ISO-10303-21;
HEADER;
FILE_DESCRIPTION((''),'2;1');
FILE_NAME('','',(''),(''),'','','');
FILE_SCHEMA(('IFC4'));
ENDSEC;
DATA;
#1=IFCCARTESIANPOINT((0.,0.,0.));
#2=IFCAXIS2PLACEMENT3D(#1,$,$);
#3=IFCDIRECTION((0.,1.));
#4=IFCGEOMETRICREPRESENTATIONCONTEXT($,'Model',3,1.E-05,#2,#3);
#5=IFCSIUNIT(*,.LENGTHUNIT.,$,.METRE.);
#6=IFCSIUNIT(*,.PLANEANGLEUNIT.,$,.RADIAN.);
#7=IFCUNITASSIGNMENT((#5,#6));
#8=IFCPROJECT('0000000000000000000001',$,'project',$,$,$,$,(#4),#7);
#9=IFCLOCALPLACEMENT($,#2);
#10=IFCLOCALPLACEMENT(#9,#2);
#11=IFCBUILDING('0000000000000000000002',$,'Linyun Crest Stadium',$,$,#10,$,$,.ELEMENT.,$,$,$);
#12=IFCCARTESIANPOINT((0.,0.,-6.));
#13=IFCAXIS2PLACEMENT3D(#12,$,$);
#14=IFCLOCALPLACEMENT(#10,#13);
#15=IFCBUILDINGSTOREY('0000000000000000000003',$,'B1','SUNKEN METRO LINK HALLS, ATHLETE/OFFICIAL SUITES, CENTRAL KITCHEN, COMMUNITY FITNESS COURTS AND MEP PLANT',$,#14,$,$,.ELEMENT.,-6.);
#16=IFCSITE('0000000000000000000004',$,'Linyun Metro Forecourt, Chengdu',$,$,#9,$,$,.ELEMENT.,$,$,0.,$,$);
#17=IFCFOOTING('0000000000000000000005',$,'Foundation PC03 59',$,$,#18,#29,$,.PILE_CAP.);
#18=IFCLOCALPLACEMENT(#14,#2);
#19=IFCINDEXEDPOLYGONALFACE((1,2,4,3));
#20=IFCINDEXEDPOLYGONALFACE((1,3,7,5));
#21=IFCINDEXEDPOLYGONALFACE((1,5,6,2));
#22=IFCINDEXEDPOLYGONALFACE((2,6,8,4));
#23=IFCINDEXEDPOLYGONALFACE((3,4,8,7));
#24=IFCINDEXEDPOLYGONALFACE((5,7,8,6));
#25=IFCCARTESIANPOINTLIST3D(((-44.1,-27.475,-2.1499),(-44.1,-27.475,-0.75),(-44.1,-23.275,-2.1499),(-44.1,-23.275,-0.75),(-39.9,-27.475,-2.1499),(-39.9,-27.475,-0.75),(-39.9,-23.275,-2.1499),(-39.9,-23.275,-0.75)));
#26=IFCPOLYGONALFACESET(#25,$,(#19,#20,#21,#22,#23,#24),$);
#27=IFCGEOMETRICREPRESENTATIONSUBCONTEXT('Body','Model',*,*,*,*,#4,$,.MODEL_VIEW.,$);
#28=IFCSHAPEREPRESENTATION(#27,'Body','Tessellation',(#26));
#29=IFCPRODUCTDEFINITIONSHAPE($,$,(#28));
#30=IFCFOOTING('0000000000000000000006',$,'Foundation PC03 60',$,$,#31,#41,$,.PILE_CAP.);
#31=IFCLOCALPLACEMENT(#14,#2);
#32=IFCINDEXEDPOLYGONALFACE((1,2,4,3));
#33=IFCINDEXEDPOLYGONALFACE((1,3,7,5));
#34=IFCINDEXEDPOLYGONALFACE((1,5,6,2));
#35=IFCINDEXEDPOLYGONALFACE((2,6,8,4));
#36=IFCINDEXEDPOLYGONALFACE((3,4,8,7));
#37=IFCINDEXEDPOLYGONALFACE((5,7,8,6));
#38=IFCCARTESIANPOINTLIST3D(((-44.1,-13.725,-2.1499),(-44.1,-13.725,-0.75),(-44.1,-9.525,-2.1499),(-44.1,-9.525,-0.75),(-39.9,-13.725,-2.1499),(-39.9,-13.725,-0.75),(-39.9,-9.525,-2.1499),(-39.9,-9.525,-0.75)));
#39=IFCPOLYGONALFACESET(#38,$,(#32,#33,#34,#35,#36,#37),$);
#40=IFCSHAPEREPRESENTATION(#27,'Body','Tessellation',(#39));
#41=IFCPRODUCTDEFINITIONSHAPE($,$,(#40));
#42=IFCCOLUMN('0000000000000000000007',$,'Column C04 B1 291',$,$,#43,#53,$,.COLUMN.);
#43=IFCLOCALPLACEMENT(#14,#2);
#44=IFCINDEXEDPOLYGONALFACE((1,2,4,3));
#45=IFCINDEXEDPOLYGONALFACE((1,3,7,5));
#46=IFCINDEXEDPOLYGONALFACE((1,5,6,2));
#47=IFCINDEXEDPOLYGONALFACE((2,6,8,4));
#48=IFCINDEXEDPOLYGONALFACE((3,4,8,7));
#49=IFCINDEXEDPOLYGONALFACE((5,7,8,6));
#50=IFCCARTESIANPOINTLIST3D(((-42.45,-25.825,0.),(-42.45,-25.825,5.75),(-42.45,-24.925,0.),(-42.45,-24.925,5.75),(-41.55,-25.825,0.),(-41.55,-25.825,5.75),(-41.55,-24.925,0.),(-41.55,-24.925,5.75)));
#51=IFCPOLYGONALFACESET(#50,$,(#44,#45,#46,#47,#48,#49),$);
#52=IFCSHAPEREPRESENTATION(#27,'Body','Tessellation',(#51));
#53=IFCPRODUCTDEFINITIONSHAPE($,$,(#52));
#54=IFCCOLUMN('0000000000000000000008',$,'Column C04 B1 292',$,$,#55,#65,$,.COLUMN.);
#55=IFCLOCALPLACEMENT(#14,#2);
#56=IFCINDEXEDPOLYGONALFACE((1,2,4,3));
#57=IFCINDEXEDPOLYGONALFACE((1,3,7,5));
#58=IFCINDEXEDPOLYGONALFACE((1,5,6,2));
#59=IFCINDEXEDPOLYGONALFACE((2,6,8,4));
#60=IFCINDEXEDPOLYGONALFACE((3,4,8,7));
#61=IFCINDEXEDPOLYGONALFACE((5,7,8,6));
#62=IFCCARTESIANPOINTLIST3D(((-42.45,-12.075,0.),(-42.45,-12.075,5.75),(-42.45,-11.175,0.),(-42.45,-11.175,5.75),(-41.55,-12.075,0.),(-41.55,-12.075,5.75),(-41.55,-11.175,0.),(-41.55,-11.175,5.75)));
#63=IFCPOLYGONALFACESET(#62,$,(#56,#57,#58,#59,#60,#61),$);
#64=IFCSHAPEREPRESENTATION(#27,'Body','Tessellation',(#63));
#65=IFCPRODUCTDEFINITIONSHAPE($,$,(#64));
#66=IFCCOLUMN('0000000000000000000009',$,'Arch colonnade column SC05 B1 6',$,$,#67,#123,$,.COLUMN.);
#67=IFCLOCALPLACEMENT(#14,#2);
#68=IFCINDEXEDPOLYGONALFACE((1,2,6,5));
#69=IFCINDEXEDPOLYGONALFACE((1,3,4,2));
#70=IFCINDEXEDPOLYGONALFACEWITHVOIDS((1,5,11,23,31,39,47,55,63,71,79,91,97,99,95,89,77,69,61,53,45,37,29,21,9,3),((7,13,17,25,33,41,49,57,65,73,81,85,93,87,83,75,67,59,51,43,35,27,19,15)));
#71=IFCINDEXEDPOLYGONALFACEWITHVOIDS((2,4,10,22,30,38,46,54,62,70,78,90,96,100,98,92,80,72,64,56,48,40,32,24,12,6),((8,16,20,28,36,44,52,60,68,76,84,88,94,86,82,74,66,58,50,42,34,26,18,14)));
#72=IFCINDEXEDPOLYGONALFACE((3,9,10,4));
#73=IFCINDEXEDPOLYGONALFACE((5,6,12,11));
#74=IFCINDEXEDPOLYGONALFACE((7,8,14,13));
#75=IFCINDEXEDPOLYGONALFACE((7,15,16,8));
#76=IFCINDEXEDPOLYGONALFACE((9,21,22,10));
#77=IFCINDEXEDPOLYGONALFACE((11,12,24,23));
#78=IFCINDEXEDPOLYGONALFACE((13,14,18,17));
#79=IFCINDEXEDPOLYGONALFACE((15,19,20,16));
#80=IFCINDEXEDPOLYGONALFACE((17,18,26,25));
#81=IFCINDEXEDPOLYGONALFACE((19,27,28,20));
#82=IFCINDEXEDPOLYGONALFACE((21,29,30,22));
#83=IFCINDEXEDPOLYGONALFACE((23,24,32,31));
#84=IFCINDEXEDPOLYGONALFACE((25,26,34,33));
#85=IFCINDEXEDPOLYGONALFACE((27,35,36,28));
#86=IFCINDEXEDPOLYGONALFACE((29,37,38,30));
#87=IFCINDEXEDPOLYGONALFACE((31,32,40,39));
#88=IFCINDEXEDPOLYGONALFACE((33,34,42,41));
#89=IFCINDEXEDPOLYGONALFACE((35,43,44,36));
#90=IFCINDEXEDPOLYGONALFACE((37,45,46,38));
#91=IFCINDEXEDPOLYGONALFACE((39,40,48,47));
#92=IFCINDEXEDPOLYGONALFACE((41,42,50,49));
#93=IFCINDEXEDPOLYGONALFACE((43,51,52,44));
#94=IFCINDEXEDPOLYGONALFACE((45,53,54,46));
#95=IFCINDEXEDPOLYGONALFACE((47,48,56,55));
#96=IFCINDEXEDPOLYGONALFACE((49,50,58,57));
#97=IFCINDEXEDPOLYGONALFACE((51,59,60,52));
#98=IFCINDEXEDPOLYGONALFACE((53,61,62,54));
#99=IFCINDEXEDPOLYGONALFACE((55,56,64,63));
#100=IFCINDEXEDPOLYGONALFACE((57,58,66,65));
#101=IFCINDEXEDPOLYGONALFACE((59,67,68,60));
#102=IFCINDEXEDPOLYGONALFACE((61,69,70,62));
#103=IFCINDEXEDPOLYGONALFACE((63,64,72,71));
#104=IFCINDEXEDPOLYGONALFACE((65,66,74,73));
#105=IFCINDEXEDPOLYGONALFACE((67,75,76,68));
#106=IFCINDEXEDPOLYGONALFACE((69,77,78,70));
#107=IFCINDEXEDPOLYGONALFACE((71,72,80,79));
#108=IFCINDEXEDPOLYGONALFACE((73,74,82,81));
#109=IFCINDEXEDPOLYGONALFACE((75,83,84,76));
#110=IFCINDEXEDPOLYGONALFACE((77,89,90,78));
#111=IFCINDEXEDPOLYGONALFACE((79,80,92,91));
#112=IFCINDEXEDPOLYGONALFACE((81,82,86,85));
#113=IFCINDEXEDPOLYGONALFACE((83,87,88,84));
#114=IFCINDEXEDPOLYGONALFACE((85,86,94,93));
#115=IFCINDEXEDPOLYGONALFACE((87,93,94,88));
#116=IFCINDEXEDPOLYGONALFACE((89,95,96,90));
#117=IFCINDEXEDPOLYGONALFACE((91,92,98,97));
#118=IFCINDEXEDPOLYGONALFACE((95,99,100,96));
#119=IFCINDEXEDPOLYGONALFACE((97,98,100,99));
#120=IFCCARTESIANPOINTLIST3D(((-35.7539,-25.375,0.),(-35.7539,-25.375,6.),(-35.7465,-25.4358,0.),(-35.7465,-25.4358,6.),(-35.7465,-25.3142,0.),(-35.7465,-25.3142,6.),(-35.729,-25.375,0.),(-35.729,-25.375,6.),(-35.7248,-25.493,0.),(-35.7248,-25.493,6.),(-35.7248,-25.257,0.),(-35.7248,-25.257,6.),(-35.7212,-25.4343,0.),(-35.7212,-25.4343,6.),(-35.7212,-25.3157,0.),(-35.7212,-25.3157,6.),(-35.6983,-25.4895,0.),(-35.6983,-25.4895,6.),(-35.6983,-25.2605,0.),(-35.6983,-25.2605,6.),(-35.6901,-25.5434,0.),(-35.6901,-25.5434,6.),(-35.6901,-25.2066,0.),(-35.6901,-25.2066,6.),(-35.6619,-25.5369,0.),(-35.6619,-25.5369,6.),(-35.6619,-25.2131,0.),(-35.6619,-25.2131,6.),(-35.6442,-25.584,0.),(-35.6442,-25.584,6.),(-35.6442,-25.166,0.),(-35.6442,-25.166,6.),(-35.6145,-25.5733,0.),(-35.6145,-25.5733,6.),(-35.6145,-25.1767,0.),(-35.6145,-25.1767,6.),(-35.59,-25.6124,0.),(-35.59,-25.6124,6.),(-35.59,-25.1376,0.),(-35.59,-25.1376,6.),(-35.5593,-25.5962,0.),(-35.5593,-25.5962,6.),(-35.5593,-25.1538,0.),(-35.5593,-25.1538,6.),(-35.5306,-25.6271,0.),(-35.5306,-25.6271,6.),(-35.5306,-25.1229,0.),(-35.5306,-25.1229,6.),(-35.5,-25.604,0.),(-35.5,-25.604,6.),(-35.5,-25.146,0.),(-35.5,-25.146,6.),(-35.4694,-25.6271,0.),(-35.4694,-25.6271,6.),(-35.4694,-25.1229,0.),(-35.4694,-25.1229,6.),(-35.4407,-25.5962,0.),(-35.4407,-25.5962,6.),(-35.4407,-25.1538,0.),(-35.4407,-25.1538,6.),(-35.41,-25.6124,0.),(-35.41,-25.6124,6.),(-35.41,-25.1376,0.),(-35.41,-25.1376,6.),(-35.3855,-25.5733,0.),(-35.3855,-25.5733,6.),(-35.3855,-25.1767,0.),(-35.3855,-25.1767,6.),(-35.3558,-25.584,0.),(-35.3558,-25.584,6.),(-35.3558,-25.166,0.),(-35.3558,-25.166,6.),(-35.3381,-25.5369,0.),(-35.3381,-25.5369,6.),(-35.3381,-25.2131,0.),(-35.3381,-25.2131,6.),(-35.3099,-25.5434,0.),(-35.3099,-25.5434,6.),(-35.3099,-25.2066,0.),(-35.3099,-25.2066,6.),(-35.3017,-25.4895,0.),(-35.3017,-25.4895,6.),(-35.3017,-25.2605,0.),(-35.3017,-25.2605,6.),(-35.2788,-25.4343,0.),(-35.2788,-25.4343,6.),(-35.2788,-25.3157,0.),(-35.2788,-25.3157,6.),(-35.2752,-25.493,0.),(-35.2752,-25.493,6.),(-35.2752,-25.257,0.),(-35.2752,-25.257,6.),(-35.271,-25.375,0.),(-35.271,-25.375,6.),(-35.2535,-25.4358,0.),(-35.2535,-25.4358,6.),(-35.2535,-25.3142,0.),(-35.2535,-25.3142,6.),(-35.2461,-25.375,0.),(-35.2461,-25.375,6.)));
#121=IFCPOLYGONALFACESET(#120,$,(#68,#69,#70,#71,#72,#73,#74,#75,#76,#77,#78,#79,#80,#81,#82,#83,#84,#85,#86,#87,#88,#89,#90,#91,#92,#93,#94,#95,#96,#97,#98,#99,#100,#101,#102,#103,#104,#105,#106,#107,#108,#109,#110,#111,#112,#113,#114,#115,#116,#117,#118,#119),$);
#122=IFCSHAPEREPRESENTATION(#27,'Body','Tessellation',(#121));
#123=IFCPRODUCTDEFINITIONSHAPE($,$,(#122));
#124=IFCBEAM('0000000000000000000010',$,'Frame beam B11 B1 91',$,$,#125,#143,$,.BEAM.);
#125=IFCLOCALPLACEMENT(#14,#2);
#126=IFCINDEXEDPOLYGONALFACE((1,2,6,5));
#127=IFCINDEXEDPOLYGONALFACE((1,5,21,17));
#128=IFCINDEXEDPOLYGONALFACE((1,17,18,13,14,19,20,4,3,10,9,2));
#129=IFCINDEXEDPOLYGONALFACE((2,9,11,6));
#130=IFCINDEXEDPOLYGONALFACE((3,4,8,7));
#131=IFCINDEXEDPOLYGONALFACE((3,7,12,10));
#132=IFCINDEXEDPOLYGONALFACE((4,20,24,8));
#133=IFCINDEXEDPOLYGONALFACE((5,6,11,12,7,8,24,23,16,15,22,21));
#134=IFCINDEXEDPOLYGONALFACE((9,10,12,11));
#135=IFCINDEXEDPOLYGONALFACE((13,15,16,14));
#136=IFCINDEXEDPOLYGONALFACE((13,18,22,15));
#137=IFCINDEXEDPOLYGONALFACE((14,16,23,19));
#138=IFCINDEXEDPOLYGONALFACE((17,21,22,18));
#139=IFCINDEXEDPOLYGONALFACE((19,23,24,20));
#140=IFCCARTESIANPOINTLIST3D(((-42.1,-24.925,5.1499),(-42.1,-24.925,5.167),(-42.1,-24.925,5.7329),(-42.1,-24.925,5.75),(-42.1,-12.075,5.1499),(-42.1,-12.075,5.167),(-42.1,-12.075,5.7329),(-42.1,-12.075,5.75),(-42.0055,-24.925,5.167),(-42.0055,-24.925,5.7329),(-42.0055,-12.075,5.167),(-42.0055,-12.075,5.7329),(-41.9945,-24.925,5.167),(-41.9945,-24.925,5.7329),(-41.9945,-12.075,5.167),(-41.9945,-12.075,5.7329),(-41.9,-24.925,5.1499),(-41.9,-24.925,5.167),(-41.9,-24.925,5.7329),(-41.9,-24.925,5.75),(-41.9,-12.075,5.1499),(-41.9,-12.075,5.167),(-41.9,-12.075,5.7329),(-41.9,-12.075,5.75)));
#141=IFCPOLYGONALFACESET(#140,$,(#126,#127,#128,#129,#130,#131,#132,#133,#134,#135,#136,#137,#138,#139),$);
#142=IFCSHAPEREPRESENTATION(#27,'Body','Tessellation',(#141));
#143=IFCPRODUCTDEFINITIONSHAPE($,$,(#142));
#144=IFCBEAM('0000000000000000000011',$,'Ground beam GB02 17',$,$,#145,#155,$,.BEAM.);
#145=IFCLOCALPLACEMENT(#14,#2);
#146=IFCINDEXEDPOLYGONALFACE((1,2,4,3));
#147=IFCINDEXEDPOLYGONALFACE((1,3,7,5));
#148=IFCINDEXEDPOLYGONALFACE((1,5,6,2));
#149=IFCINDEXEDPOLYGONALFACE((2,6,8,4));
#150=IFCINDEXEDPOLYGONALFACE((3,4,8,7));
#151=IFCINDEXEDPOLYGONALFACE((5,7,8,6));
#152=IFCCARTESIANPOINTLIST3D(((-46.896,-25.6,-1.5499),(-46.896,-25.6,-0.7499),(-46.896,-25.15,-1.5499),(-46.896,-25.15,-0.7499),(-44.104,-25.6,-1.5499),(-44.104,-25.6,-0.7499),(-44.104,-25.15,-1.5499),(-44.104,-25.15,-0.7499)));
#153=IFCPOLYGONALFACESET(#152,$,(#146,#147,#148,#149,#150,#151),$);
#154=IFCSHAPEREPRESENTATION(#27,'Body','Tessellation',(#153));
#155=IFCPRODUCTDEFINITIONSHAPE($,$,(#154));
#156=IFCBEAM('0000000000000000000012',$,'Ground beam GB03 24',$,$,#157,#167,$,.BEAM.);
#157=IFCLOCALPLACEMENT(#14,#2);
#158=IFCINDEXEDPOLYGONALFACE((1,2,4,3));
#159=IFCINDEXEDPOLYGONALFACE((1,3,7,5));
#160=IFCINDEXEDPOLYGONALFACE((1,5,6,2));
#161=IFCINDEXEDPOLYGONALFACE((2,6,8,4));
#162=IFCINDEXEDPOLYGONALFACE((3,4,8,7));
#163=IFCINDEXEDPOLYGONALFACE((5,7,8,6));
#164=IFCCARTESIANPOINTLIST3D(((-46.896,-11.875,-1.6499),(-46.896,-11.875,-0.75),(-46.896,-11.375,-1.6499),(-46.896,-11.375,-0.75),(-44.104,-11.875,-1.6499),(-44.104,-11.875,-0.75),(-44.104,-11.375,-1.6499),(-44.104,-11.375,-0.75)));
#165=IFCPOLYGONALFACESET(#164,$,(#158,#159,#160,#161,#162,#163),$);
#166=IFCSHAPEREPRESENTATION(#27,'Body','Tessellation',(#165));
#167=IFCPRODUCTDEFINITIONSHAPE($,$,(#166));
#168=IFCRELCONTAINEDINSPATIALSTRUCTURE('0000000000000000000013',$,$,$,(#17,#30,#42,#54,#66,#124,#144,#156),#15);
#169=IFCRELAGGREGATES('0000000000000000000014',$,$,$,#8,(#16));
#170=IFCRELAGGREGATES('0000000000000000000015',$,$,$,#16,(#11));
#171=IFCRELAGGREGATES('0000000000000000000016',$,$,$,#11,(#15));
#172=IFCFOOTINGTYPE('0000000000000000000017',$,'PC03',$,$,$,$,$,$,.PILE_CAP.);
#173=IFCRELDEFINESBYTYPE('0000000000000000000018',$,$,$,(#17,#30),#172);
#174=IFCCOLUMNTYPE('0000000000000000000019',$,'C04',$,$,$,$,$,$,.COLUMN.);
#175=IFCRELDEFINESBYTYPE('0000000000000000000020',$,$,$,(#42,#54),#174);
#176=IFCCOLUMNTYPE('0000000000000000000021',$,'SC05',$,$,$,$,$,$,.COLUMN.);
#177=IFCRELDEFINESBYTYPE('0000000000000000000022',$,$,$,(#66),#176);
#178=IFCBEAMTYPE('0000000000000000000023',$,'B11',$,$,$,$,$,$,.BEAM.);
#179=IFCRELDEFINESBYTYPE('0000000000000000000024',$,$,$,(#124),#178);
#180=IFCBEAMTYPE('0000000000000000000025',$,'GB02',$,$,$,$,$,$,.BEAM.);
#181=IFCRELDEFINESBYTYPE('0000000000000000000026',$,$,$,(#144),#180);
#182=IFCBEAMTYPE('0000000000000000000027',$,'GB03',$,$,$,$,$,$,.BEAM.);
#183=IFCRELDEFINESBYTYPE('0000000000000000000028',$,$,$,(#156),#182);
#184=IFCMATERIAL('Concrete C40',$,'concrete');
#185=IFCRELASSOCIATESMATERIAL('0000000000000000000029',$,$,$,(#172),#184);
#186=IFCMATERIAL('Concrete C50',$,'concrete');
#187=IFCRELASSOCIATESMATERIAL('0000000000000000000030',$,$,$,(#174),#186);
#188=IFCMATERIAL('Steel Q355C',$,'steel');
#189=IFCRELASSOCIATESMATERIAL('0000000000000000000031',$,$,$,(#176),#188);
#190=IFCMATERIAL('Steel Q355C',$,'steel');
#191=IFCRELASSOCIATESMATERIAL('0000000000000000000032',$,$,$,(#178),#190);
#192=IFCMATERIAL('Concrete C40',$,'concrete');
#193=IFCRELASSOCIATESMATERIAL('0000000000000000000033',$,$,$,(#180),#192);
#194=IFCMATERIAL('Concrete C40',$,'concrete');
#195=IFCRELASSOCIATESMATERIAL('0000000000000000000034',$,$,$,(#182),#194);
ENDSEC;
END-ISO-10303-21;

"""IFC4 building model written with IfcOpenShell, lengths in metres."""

from ifc_helpers import new_model, si_unit, direction, frame, origin, origin_2d, place, context, subcontext, project, spatial, rectangle, hollow_circle, i_section, extrude, material, material_profile, profile_set, type_object, element, save


model = new_model("IFC4")

# Units and contexts
model_context = context("Model", 3, precision=1e-05, world=origin(), true_north=direction((0.0, 1.0)))
body_context = subcontext(model_context, "Body", "Model", "MODEL_VIEW")
ifc_project = project(units=[si_unit("LENGTHUNIT", "METRE"), si_unit("PLANEANGLEUNIT", "RADIAN")], contexts=[model_context])

# Site, building, storey
site_placement = place(None, origin())
site = spatial("IfcSite", under=ifc_project, at=site_placement, Name="Linyun Metro Forecourt, Chengdu", CompositionType="ELEMENT", RefElevation=0.0)
building_placement = place(site_placement, origin())
building = spatial("IfcBuilding", under=site, at=building_placement, Name="Linyun Crest Stadium", CompositionType="ELEMENT")
storey_placement = place(building_placement, frame((0.0, 0.0, -6.0)))
storey = spatial("IfcBuildingStorey", under=building, at=storey_placement, Name="B1", Description="SUNKEN METRO LINK HALLS, ATHLETE/OFFICIAL SUITES, CENTRAL KITCHEN, COMMUNITY FITNESS COURTS AND MEP PLANT", CompositionType="ELEMENT", Elevation=-6.0)

# Footings
ifc_material_1 = material(Name="Concrete C40", Category="concrete")
footing_type_1 = type_object("IfcFootingType", Name="PC03", PredefinedType="PILE_CAP", material=ifc_material_1)
for number, where, z_axis, x_axis, name in (
    (1, (-42.0, -25.375, -2.1499), (0.0, 0.0, 1.0), (1.0, 0.0, 0.0), "Foundation PC03 59"),
    (2, (-42.0, -11.625, -2.1499), (0.0, 0.0, 1.0), (1.0, 0.0, 0.0), "Foundation PC03 60"),
):
    element("IfcFooting", number, at=place(storey_placement, frame(where, z_axis=z_axis, x_axis=x_axis)), inside=storey, type_object=footing_type_1, Name=name, PredefinedType="PILE_CAP", context=body_context, shape_type="SweptSolid", body=[
        extrude(rectangle(XDim=4.2, YDim=4.2, at=origin_2d()), origin(), (0.0, 0.0, 1.0), 1.3999),
    ])

# Columns
ifc_material_2 = material(Name="Concrete C50", Category="concrete")
ifc_material_profile_1 = material_profile(ifc_material_2, rectangle(XDim=0.8999, YDim=0.8999, at=origin_2d()), Name="RC 900x900")
ifc_profile_set_1 = profile_set([ifc_material_profile_1], Name="Concrete C50")
column_type_1 = type_object("IfcColumnType", Name="C04", PredefinedType="COLUMN", material=ifc_profile_set_1)
for number, where, z_axis, x_axis, name in (
    (3, (-42.0, -25.375, 0.0), (0.0, 0.0, 1.0), (1.0, 0.0, 0.0), "Column C04 B1 291"),
    (4, (-42.0, -11.625, 0.0), (0.0, 0.0, 1.0), (1.0, 0.0, 0.0), "Column C04 B1 292"),
):
    element("IfcColumn", number, at=place(storey_placement, frame(where, z_axis=z_axis, x_axis=x_axis)), inside=storey, type_object=column_type_1, Name=name, PredefinedType="COLUMN", context=body_context, shape_type="SweptSolid", body=[
        extrude(rectangle(XDim=0.8999, YDim=0.8999, at=origin_2d()), origin(), (0.0, 0.0, 1.0), 5.75),
    ])
ifc_material_3 = material(Name="Steel Q355C", Category="steel")
ifc_material_profile_2 = material_profile(ifc_material_3, hollow_circle(Radius=0.2539, WallThickness=0.0249, at=origin_2d()), Name="CHS 508x25")
ifc_profile_set_2 = profile_set([ifc_material_profile_2], Name="Steel Q355C")
column_type_2 = type_object("IfcColumnType", Name="SC05", PredefinedType="COLUMN", material=ifc_profile_set_2)
column_placement = place(storey_placement, frame((-35.5, -25.375, 0.0), z_axis=(0.0, 0.0, 1.0), x_axis=(1.0, 0.0, 0.0)))
element("IfcColumn", 5, at=column_placement, inside=storey, type_object=column_type_2, Name="Arch colonnade column SC05 B1 6", PredefinedType="COLUMN", context=body_context, shape_type="SweptSolid", body=[
    extrude(hollow_circle(Radius=0.2539, WallThickness=0.0249, at=origin_2d()), origin(), (0.0, 0.0, 1.0), 6.0),
])

# Beams
ifc_material_4 = material(Name="Steel Q355C", Category="steel")
ifc_material_profile_3 = material_profile(ifc_material_4, i_section(OverallWidth=0.2, OverallDepth=0.6001, WebThickness=0.011, FlangeThickness=0.0171, at=origin_2d()), Name="HN 600x200")
ifc_profile_set_3 = profile_set([ifc_material_profile_3], Name="Steel Q355C")
beam_type_1 = type_object("IfcBeamType", Name="B11", PredefinedType="BEAM", material=ifc_profile_set_3)
beam_1_placement = place(storey_placement, frame((-42.0, -24.925, 5.45), z_axis=(0.0, 1.0, 0.0), x_axis=(-1.0, 0.0, 0.0)))
element("IfcBeam", 6, at=beam_1_placement, inside=storey, type_object=beam_type_1, Name="Frame beam B11 B1 91", PredefinedType="BEAM", context=body_context, shape_type="SweptSolid", body=[
    extrude(i_section(OverallWidth=0.2, OverallDepth=0.6001, WebThickness=0.011, FlangeThickness=0.0171, at=origin_2d()), origin(), (0.0, 0.0, 1.0), 12.8501),
])
ifc_material_5 = material(Name="Concrete C40", Category="concrete")
ifc_material_profile_4 = material_profile(ifc_material_5, rectangle(XDim=0.45, YDim=0.8, at=origin_2d()), Name="RCB 800x450")
ifc_profile_set_4 = profile_set([ifc_material_profile_4], Name="Concrete C40")
beam_type_2 = type_object("IfcBeamType", Name="GB02", PredefinedType="BEAM", material=ifc_profile_set_4)
beam_2_placement = place(storey_placement, frame((-46.896, -25.375, -1.1499), z_axis=(1.0, 0.0, 0.0), x_axis=(0.0, 1.0, 0.0)))
element("IfcBeam", 7, at=beam_2_placement, inside=storey, type_object=beam_type_2, Name="Ground beam GB02 17", PredefinedType="BEAM", context=body_context, shape_type="SweptSolid", body=[
    extrude(rectangle(XDim=0.45, YDim=0.8, at=origin_2d()), origin(), (0.0, 0.0, 1.0), 2.792),
])
ifc_material_6 = material(Name="Concrete C40", Category="concrete")
ifc_material_profile_5 = material_profile(ifc_material_6, rectangle(XDim=0.5, YDim=0.8999, at=origin_2d()), Name="RCB 900x500")
ifc_profile_set_5 = profile_set([ifc_material_profile_5], Name="Concrete C40")
beam_type_3 = type_object("IfcBeamType", Name="GB03", PredefinedType="BEAM", material=ifc_profile_set_5)
beam_3_placement = place(storey_placement, frame((-46.896, -11.625, -1.2), z_axis=(1.0, 0.0, 0.0), x_axis=(0.0, 1.0, 0.0)))
element("IfcBeam", 8, at=beam_3_placement, inside=storey, type_object=beam_type_3, Name="Ground beam GB03 24", PredefinedType="BEAM", context=body_context, shape_type="SweptSolid", body=[
    extrude(rectangle(XDim=0.5, YDim=0.8999, at=origin_2d()), origin(), (0.0, 0.0, 1.0), 2.792),
])

save(model, "model.ifc")
